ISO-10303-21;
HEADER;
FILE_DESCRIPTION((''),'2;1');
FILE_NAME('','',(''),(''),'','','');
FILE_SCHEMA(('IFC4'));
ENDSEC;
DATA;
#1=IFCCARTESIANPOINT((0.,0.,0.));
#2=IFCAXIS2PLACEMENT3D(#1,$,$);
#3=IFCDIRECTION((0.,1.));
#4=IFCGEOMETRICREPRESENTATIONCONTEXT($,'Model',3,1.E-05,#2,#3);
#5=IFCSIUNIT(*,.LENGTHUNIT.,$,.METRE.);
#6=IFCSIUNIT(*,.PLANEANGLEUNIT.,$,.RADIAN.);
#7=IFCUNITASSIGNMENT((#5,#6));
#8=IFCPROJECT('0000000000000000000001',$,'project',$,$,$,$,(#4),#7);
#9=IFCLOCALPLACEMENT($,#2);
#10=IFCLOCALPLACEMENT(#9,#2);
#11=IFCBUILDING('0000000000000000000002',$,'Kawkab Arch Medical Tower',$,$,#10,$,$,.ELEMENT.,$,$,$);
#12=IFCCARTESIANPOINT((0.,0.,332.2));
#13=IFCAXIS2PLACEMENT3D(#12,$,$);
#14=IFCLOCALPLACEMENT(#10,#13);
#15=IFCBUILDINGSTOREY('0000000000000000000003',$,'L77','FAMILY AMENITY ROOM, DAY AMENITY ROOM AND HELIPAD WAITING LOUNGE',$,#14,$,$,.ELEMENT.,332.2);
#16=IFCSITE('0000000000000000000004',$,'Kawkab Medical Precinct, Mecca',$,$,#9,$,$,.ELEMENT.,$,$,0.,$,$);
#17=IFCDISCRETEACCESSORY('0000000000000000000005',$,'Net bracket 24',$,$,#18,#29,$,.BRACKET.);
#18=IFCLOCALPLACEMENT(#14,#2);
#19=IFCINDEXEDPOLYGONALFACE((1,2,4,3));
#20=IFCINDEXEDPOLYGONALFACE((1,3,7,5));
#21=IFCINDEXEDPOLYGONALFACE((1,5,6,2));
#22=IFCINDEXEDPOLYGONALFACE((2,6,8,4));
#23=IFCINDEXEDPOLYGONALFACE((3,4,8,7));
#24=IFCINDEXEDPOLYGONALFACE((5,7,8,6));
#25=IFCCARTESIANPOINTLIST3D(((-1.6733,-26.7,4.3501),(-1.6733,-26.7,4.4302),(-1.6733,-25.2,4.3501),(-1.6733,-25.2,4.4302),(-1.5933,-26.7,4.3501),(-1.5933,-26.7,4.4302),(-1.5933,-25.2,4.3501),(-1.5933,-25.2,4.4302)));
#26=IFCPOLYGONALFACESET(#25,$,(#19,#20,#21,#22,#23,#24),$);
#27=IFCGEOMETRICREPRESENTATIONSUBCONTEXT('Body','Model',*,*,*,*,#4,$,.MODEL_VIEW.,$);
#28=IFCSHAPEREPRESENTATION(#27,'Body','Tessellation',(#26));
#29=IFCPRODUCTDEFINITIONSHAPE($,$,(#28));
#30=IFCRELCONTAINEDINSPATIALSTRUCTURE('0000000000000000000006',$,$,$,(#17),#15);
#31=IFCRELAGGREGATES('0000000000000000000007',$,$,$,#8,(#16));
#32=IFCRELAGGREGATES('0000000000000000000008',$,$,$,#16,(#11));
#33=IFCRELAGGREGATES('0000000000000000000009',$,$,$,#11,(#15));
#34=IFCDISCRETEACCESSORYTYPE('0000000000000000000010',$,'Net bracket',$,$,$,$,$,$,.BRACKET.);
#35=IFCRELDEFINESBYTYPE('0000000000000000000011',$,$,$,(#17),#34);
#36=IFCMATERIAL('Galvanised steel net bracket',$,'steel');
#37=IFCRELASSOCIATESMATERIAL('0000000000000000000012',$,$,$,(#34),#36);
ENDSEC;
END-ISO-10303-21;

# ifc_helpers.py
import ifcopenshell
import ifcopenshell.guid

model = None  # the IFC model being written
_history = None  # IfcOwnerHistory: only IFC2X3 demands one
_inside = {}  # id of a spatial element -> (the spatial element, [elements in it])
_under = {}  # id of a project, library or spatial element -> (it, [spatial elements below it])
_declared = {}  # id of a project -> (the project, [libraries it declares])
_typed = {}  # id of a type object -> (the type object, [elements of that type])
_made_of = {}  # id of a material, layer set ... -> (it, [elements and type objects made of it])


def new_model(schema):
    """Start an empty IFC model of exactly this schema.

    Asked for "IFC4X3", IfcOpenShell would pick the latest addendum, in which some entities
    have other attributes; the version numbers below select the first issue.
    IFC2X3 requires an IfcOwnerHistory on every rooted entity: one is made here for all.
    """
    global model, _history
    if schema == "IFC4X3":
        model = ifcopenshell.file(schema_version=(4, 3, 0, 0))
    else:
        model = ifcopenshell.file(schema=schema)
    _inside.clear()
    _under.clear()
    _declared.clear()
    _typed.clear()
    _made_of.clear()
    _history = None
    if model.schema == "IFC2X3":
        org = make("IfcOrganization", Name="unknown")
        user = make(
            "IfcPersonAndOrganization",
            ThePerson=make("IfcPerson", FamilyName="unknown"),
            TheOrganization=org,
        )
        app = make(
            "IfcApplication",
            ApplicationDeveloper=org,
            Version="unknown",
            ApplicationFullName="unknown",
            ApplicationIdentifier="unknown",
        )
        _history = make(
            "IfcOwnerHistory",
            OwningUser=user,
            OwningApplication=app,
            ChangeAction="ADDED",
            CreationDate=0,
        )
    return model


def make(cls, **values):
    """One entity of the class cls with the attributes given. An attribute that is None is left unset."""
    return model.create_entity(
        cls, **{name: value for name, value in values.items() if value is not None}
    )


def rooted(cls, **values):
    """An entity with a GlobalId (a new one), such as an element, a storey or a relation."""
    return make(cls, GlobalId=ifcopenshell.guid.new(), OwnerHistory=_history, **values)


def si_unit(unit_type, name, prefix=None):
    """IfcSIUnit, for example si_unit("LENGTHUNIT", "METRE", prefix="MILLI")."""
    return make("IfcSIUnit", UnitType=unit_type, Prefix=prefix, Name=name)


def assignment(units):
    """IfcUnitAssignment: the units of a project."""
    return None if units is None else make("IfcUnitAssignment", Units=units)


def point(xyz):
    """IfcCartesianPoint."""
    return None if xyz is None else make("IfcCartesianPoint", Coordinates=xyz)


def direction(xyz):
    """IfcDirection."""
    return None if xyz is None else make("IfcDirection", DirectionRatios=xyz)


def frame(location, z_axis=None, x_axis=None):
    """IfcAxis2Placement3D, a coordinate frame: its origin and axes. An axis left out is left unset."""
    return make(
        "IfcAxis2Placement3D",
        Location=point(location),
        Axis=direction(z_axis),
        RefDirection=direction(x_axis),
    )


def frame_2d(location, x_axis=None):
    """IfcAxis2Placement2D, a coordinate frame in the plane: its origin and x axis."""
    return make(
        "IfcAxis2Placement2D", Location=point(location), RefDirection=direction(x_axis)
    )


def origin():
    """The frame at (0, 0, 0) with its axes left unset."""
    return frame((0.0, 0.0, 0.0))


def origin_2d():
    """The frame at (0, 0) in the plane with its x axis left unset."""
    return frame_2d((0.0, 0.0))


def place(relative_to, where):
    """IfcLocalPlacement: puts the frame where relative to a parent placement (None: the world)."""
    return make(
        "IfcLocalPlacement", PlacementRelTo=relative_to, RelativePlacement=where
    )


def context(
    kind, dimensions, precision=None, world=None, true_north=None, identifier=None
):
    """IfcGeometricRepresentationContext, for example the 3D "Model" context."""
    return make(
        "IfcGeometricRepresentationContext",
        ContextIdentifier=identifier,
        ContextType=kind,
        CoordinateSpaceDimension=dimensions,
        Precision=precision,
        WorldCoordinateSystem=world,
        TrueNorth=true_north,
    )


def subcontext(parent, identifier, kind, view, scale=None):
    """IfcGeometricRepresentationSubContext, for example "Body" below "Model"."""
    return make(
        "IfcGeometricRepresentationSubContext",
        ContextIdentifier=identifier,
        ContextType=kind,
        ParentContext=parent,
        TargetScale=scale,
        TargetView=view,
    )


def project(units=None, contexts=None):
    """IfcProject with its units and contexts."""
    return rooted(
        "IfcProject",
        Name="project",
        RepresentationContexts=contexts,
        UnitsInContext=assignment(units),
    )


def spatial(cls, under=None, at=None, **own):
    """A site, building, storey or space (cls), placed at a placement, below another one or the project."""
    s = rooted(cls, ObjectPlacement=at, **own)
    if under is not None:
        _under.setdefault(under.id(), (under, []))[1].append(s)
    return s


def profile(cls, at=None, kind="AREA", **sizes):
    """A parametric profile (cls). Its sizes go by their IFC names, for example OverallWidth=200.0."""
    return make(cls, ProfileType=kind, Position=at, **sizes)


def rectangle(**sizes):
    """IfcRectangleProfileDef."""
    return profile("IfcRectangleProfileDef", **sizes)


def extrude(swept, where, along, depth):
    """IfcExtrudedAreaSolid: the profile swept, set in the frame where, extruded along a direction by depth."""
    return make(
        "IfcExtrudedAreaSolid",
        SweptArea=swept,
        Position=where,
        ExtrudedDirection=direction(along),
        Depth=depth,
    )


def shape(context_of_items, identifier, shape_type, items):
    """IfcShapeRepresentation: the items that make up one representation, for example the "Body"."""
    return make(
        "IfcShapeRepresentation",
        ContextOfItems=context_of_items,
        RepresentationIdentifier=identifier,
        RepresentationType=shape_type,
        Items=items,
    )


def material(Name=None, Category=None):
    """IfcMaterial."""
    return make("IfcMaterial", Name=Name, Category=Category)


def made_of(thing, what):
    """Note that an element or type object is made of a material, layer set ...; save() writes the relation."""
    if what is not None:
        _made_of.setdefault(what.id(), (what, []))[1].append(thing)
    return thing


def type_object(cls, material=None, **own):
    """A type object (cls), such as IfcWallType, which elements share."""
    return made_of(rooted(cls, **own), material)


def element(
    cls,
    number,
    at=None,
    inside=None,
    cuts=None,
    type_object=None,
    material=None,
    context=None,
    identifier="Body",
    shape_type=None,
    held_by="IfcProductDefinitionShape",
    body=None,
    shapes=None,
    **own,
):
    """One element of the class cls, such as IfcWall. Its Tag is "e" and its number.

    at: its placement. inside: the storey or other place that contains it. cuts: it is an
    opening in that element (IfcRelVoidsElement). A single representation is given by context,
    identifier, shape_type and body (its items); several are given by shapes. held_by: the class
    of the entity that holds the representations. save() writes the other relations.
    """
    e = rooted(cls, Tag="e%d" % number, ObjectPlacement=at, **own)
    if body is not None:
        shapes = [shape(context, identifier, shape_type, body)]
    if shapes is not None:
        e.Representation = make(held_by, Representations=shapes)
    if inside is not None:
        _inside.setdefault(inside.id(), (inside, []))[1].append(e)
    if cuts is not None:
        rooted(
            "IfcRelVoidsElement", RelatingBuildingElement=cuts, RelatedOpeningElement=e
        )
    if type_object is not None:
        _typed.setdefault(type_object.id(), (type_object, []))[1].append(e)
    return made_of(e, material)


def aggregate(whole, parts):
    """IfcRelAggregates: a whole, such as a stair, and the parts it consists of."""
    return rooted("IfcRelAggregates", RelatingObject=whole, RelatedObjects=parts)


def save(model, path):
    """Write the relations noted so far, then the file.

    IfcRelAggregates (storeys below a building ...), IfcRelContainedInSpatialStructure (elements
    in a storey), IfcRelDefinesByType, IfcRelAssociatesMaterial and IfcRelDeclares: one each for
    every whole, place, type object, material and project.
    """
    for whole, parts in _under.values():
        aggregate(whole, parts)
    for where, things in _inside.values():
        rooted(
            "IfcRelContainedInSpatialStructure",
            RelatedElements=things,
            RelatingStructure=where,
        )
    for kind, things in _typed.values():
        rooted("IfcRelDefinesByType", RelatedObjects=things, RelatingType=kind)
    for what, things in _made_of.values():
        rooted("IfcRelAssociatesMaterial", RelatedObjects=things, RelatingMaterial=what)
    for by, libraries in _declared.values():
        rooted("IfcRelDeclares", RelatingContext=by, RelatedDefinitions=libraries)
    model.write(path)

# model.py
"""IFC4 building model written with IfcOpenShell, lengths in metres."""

from ifc_helpers import new_model, si_unit, direction, frame, origin, origin_2d, place, context, subcontext, project, spatial, rectangle, extrude, material, type_object, element, save


model = new_model("IFC4")

# Units and contexts
model_context = context("Model", 3, precision=1e-05, world=origin(), true_north=direction((0.0, 1.0)))
body_context = subcontext(model_context, "Body", "Model", "MODEL_VIEW")
ifc_project = project(units=[si_unit("LENGTHUNIT", "METRE"), si_unit("PLANEANGLEUNIT", "RADIAN")], contexts=[model_context])

# Site, building, storey
site_placement = place(None, origin())
site = spatial("IfcSite", under=ifc_project, at=site_placement, Name="Kawkab Medical Precinct, Mecca", CompositionType="ELEMENT", RefElevation=0.0)
building_placement = place(site_placement, origin())
building = spatial("IfcBuilding", under=site, at=building_placement, Name="Kawkab Arch Medical Tower", CompositionType="ELEMENT")
storey_placement = place(building_placement, frame((0.0, 0.0, 332.2)))
storey = spatial("IfcBuildingStorey", under=building, at=storey_placement, Name="L77", Description="FAMILY AMENITY ROOM, DAY AMENITY ROOM AND HELIPAD WAITING LOUNGE", CompositionType="ELEMENT", Elevation=332.2)

# Discrete accessory
ifc_material_1 = material(Name="Galvanised steel net bracket", Category="steel")
discrete_accessory_type = type_object("IfcDiscreteAccessoryType", Name="Net bracket", PredefinedType="BRACKET", material=ifc_material_1)
for number, where, z_axis, x_axis, name in (
    (1, (-1.6333, -25.95, 4.3501), (0.0, 0.0, 1.0), (0.0, -1.0, 0.0), "Net bracket 24"),
):
    element("IfcDiscreteAccessory", number, at=place(storey_placement, frame(where, z_axis=z_axis, x_axis=x_axis)), inside=storey, type_object=discrete_accessory_type, Name=name, PredefinedType="BRACKET", context=body_context, shape_type="SweptSolid", body=[
        extrude(rectangle(XDim=1.5, YDim=0.0801, at=origin_2d()), origin(), (0.0, 0.0, 1.0), 0.0801),
    ])

save(model, "model.ifc")
